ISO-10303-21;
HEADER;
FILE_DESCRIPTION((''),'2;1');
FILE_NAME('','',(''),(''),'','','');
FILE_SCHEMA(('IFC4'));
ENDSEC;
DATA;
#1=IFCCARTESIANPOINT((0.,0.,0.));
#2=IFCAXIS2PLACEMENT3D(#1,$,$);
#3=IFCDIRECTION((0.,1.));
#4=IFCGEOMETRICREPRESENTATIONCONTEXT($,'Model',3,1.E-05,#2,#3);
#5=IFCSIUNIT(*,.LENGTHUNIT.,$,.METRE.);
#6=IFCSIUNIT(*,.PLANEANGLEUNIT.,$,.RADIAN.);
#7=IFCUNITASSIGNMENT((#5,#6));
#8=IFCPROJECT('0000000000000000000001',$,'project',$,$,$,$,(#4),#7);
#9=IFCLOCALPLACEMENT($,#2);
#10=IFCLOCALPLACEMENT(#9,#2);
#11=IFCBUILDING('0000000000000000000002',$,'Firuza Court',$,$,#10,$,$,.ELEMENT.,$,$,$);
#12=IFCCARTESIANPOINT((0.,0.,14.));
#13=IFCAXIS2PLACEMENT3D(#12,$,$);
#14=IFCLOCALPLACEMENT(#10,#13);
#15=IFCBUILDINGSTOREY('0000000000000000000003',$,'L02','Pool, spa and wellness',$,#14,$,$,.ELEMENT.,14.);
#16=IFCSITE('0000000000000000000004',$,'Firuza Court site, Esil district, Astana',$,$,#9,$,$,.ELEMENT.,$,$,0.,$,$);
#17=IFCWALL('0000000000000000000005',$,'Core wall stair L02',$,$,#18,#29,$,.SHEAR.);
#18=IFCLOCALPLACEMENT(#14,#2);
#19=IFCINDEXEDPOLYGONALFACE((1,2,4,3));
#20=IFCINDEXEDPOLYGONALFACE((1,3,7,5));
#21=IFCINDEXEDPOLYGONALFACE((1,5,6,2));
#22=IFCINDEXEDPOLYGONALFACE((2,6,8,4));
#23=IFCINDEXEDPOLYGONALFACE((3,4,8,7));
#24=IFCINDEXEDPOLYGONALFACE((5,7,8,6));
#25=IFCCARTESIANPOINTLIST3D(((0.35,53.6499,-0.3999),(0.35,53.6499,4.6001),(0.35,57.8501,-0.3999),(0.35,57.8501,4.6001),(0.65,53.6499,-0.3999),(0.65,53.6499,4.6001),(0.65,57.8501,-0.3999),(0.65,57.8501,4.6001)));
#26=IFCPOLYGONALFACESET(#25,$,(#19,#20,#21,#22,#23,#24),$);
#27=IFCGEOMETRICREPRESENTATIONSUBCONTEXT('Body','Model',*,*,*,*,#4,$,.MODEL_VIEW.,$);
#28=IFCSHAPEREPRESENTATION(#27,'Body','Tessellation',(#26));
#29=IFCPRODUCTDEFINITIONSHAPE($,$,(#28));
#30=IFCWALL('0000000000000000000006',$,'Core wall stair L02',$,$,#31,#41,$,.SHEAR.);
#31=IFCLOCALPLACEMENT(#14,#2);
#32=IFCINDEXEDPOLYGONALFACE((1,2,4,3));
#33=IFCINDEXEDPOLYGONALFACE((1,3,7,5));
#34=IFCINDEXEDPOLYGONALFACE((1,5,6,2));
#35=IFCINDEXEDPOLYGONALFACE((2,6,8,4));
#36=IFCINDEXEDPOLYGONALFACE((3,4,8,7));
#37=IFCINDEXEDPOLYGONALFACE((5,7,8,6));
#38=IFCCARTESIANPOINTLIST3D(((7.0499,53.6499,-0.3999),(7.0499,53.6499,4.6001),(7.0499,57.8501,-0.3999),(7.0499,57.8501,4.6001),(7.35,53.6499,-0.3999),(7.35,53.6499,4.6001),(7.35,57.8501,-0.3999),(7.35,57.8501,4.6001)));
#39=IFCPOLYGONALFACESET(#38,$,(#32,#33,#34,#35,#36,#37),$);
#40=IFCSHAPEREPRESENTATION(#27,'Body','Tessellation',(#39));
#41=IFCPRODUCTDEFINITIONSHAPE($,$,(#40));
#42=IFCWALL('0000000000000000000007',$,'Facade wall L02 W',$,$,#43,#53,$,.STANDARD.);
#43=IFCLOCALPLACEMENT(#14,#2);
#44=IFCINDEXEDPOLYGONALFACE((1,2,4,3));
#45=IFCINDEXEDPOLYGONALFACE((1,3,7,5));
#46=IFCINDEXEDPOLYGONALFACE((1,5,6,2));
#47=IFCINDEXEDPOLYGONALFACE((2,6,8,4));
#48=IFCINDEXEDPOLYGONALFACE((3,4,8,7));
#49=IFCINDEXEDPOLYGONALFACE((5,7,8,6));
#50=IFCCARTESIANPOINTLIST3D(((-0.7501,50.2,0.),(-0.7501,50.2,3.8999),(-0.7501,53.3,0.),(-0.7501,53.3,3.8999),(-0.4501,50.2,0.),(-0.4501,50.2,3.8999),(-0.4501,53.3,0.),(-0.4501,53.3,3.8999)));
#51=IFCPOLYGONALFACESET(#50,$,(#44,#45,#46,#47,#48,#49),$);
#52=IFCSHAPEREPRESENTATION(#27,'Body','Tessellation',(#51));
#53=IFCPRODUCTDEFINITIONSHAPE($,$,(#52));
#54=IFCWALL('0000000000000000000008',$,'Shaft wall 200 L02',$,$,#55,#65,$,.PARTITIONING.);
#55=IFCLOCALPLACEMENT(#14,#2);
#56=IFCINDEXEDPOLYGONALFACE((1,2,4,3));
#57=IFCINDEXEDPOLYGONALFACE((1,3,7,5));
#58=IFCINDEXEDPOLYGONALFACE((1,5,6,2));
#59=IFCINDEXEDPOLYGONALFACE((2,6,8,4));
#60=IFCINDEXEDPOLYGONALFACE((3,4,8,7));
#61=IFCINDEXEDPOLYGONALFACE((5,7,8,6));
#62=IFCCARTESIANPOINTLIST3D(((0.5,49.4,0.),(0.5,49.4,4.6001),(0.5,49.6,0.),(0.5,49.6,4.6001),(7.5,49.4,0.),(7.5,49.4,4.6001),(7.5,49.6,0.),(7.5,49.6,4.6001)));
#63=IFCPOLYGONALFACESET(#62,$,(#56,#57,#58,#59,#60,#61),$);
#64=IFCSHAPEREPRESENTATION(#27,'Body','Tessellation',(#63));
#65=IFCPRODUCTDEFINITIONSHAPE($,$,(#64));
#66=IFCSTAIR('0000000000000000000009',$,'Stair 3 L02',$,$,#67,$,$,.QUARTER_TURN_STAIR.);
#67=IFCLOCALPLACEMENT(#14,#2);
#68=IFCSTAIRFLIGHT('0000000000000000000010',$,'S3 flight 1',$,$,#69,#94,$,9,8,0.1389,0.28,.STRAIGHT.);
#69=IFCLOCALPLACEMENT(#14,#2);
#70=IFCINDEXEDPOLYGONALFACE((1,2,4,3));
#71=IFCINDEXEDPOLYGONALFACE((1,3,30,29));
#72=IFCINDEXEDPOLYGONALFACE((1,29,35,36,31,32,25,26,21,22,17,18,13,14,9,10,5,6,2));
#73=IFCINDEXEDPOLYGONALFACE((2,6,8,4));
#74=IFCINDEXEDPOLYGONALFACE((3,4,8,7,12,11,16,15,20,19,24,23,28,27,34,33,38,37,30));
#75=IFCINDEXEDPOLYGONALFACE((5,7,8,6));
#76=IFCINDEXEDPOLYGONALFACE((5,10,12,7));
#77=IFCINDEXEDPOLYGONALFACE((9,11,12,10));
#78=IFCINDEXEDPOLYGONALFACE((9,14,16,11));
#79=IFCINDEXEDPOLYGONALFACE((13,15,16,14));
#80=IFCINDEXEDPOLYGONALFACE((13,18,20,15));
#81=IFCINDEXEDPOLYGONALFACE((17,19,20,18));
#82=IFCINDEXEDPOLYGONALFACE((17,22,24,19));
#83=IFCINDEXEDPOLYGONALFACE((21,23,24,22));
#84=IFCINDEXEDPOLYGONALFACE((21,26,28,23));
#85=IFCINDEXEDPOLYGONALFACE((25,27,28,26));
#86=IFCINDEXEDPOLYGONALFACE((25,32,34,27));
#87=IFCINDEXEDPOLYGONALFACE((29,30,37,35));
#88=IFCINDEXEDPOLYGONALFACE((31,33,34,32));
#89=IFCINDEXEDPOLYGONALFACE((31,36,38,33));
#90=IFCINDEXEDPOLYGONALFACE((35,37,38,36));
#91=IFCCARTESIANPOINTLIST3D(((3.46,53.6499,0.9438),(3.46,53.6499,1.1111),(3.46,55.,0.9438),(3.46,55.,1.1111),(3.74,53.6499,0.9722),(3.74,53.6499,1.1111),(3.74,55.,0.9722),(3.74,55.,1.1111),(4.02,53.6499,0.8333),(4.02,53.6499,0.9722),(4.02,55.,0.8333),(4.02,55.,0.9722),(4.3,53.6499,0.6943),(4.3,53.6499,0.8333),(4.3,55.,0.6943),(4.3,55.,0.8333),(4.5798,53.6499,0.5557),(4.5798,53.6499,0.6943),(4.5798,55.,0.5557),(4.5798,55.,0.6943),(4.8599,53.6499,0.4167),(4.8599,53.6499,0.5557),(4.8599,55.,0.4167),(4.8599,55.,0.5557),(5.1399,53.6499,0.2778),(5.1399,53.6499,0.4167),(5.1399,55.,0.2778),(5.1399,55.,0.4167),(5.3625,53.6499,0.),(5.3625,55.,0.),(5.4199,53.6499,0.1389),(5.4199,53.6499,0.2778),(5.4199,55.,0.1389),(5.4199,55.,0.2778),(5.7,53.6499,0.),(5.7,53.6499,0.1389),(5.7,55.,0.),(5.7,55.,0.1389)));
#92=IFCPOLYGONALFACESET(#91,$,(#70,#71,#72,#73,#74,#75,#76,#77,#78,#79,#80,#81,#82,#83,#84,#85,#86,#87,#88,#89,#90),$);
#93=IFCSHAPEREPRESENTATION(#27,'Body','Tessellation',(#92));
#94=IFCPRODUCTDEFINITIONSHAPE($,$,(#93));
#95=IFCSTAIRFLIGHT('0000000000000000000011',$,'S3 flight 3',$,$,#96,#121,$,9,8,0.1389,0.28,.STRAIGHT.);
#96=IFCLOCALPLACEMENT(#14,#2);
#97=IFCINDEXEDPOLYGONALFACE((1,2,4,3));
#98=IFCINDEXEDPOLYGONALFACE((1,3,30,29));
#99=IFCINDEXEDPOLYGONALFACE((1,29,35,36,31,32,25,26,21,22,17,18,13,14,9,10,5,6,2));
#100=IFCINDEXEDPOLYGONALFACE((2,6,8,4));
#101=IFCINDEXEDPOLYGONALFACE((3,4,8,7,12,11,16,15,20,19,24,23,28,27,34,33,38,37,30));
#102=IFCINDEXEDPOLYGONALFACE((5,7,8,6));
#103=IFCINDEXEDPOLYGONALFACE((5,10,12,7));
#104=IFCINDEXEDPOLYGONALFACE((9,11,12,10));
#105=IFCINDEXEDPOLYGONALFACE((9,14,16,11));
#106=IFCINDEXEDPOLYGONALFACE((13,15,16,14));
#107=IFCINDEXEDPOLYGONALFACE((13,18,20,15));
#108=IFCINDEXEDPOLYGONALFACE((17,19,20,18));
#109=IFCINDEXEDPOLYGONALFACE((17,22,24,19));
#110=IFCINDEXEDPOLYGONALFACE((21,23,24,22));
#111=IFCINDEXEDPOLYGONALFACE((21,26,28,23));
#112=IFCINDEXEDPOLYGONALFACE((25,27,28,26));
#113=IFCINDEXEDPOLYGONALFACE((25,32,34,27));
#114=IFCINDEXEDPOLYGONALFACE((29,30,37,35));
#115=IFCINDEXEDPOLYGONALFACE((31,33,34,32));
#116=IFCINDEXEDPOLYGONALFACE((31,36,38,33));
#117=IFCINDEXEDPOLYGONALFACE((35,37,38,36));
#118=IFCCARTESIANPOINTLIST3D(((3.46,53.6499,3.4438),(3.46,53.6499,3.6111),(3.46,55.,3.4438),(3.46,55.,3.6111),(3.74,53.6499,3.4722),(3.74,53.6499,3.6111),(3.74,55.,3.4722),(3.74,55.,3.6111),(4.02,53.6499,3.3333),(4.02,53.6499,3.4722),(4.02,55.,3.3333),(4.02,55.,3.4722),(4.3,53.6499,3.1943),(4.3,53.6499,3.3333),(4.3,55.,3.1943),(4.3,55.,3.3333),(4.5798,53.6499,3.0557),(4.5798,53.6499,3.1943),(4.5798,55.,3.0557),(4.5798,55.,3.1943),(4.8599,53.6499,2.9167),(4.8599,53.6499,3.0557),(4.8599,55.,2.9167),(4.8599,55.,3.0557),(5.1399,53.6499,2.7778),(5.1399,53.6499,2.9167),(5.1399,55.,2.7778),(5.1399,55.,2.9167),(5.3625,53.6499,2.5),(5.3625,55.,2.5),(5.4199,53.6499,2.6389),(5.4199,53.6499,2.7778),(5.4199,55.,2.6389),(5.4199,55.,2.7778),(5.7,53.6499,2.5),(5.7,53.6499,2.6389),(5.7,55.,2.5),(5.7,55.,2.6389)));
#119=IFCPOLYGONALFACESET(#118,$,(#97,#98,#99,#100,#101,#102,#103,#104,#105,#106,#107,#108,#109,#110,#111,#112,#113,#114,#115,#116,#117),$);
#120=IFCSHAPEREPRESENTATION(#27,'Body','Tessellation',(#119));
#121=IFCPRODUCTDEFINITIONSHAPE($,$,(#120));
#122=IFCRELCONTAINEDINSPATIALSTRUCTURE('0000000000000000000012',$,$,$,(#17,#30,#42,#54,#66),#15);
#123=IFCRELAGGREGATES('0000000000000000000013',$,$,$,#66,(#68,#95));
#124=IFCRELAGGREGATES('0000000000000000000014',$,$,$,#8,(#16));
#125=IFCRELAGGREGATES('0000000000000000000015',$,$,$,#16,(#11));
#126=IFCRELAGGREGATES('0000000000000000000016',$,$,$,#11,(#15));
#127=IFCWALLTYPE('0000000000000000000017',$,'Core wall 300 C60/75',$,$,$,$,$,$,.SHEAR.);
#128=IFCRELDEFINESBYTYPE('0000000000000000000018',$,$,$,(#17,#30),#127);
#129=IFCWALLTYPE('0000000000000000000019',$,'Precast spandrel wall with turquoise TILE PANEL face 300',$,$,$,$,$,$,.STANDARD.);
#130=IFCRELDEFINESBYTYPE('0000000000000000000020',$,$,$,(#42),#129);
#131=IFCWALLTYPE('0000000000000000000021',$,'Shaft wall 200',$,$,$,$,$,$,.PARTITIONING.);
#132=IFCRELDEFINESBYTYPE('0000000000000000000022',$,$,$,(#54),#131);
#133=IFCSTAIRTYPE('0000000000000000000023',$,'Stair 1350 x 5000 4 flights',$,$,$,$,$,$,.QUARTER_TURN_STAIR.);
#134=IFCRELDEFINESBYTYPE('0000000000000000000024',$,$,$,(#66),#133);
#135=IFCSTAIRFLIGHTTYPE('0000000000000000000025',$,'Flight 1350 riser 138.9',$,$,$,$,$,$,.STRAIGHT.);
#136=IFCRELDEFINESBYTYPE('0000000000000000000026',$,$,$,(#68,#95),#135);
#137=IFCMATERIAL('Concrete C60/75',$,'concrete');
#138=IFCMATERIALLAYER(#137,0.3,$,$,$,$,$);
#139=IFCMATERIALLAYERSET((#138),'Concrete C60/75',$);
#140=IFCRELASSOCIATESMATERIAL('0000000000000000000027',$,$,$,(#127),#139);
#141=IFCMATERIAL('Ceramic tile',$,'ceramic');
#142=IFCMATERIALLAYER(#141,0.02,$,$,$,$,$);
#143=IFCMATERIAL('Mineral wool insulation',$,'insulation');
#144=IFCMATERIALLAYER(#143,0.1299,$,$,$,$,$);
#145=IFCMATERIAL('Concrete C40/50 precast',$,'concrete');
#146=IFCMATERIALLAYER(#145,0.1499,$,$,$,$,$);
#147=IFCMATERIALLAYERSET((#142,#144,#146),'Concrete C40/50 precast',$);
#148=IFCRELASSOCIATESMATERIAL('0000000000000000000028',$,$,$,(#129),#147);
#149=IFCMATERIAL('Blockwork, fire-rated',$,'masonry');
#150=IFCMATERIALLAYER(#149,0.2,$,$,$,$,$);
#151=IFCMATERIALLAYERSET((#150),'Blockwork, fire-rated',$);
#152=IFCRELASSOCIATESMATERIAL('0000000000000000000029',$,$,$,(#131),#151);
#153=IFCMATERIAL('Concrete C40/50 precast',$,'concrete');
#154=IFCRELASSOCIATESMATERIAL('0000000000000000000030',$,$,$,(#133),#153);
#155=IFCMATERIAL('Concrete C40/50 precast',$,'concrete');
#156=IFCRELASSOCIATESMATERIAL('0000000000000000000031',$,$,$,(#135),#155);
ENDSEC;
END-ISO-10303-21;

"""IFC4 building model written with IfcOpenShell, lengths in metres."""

from ifc_helpers import new_model, si_unit, direction, frame, frame_2d, origin, place, context, subcontext, project, spatial, polyline, rectangle, outline, extrude, material, layer, layer_set, type_object, element, aggregate, save


model = new_model("IFC4")

# Units and contexts
model_context = context("Model", 3, precision=1e-05, world=origin(), true_north=direction((0.0, 1.0)))
body_context = subcontext(model_context, "Body", "Model", "MODEL_VIEW")
ifc_project = project(units=[si_unit("LENGTHUNIT", "METRE"), si_unit("PLANEANGLEUNIT", "RADIAN")], contexts=[model_context])

# Site, building, storey
site_placement = place(None, origin())
site = spatial("IfcSite", under=ifc_project, at=site_placement, Name="Firuza Court site, Esil district, Astana", CompositionType="ELEMENT", RefElevation=0.0)
building_placement = place(site_placement, origin())
building = spatial("IfcBuilding", under=site, at=building_placement, Name="Firuza Court", CompositionType="ELEMENT")
storey_placement = place(building_placement, frame((0.0, 0.0, 14.0)))
storey = spatial("IfcBuildingStorey", under=building, at=storey_placement, Name="L02", Description="Pool, spa and wellness", CompositionType="ELEMENT", Elevation=14.0)

# Shared definitions
ifc_material_1 = material(Name="Concrete C60/75", Category="concrete")

# Shared definitions
ifc_layer_1 = layer(ifc_material_1, 0.3)
ifc_layer_set_1 = layer_set([ifc_layer_1], Name="Concrete C60/75")
wall_type_1 = type_object("IfcWallType", Name="Core wall 300 C60/75", PredefinedType="SHEAR", material=ifc_layer_set_1)

# Walls
for number, where, z_axis, x_axis, name in (
    (1, (0.5, 53.6499, -0.3999), (0.0, 0.0, 1.0), (0.0, 1.0, 0.0), "Core wall stair L02"),
    (2, (7.2, 53.6499, -0.3999), (0.0, 0.0, 1.0), (0.0, 1.0, 0.0), "Core wall stair L02"),
):
    element("IfcWall", number, at=place(storey_placement, frame(where, z_axis=z_axis, x_axis=x_axis)), inside=storey, type_object=wall_type_1, Name=name, PredefinedType="SHEAR", context=body_context, shape_type="SweptSolid", body=[
        extrude(rectangle(XDim=4.2002, YDim=0.3, at=frame_2d((2.1001, 0.0))), origin(), (0.0, 0.0, 1.0), 5.0),
    ])
ifc_material_2 = material(Name="Ceramic tile", Category="ceramic")
ifc_layer_2 = layer(ifc_material_2, 0.02)
ifc_material_3 = material(Name="Mineral wool insulation", Category="insulation")
ifc_layer_3 = layer(ifc_material_3, 0.1299)
ifc_material_4 = material(Name="Concrete C40/50 precast", Category="concrete")
ifc_layer_4 = layer(ifc_material_4, 0.1499)
ifc_layer_set_2 = layer_set([ifc_layer_2, ifc_layer_3, ifc_layer_4], Name="Concrete C40/50 precast")
wall_type_2 = type_object("IfcWallType", Name="Precast spandrel wall with turquoise TILE PANEL face 300", PredefinedType="STANDARD", material=ifc_layer_set_2)
wall_1_placement = place(storey_placement, frame((-0.6001, 53.3, 0.0), z_axis=(0.0, 0.0, 1.0), x_axis=(0.0, -1.0, 0.0)))
element("IfcWall", 3, at=wall_1_placement, inside=storey, type_object=wall_type_2, Name="Facade wall L02 W", PredefinedType="STANDARD", context=body_context, shape_type="SweptSolid", body=[
    extrude(rectangle(XDim=3.1001, YDim=0.3, at=frame_2d((1.55, 0.0))), origin(), (0.0, 0.0, 1.0), 3.8999),
])
ifc_material_5 = material(Name="Blockwork, fire-rated", Category="masonry")
ifc_layer_5 = layer(ifc_material_5, 0.2)
ifc_layer_set_3 = layer_set([ifc_layer_5], Name="Blockwork, fire-rated")
wall_type_3 = type_object("IfcWallType", Name="Shaft wall 200", PredefinedType="PARTITIONING", material=ifc_layer_set_3)
wall_2_placement = place(storey_placement, frame((0.5, 49.5, 0.0), z_axis=(0.0, 0.0, 1.0), x_axis=(1.0, 0.0, 0.0)))
element("IfcWall", 4, at=wall_2_placement, inside=storey, type_object=wall_type_3, Name="Shaft wall 200 L02", PredefinedType="PARTITIONING", context=body_context, shape_type="SweptSolid", body=[
    extrude(rectangle(XDim=7.0, YDim=0.2, at=frame_2d((3.5, 0.0))), origin(), (0.0, 0.0, 1.0), 4.6001),
])

# Stair, stair flights
ifc_material_6 = material(Name="Concrete C40/50 precast", Category="concrete")
stair_type = type_object("IfcStairType", Name="Stair 1350 x 5000 4 flights", PredefinedType="QUARTER_TURN_STAIR", material=ifc_material_6)
stair_placement = place(storey_placement, origin())
stair = element("IfcStair", 5, at=stair_placement, inside=storey, type_object=stair_type, Name="Stair 3 L02", PredefinedType="QUARTER_TURN_STAIR")
ifc_material_7 = material(Name="Concrete C40/50 precast", Category="concrete")
stair_flight_type = type_object("IfcStairFlightType", Name="Flight 1350 riser 138.9", PredefinedType="STRAIGHT", material=ifc_material_7)
stair_flight_1_placement = place(storey_placement, frame((5.7, 54.325, 0.0), z_axis=(0.0, 0.0, 1.0), x_axis=(-1.0, 0.0, 0.0)))
stair_flight_1 = element("IfcStairFlight", 6, at=stair_flight_1_placement, type_object=stair_flight_type, Name="S3 flight 1", NumberOfRisers=9, NumberOfTreads=8, PredefinedType="STRAIGHT", RiserHeight=0.1389, TreadLength=0.28, context=body_context, shape_type="SweptSolid", body=[
    extrude(outline(polyline([(0.0, 0.0), (0.0, 0.1389), (0.28, 0.1389), (0.28, 0.2778), (0.5601, 0.2778), (0.5601, 0.4167), (0.8401, 0.4167), (0.8401, 0.5557), (1.1201, 0.5557), (1.1201, 0.6943), (1.3999, 0.6943), (1.3999, 0.8333), (1.6799, 0.8333), (1.6799, 0.9722), (1.96, 0.9722), (1.96, 1.1111), (2.24, 1.1111), (2.24, 1.25), (2.24, 0.9438), (0.3374, 0.0), (0.0, 0.0)])), frame((0.0, 0.675, 0.0), z_axis=(0.0, -1.0, 0.0), x_axis=(1.0, 0.0, 0.0)), (0.0, 0.0, 1.0), 1.3501),
])
stair_flight_2_placement = place(storey_placement, frame((5.7, 54.325, 2.5), z_axis=(0.0, 0.0, 1.0), x_axis=(-1.0, 0.0, 0.0)))
stair_flight_2 = element("IfcStairFlight", 7, at=stair_flight_2_placement, type_object=stair_flight_type, Name="S3 flight 3", NumberOfRisers=9, NumberOfTreads=8, PredefinedType="STRAIGHT", RiserHeight=0.1389, TreadLength=0.28, context=body_context, shape_type="SweptSolid", body=[
    extrude(outline(polyline([(0.0, 0.0), (0.0, 0.1389), (0.28, 0.1389), (0.28, 0.2778), (0.5601, 0.2778), (0.5601, 0.4167), (0.8401, 0.4167), (0.8401, 0.5557), (1.1201, 0.5557), (1.1201, 0.6943), (1.3999, 0.6943), (1.3999, 0.8333), (1.6799, 0.8333), (1.6799, 0.9722), (1.96, 0.9722), (1.96, 1.1111), (2.24, 1.1111), (2.24, 1.25), (2.24, 0.9438), (0.3374, 0.0), (0.0, 0.0)])), frame((0.0, 0.675, 0.0), z_axis=(0.0, -1.0, 0.0), x_axis=(1.0, 0.0, 0.0)), (0.0, 0.0, 1.0), 1.3501),
])
aggregate(stair, [stair_flight_1, stair_flight_2])

save(model, "model.ifc")
